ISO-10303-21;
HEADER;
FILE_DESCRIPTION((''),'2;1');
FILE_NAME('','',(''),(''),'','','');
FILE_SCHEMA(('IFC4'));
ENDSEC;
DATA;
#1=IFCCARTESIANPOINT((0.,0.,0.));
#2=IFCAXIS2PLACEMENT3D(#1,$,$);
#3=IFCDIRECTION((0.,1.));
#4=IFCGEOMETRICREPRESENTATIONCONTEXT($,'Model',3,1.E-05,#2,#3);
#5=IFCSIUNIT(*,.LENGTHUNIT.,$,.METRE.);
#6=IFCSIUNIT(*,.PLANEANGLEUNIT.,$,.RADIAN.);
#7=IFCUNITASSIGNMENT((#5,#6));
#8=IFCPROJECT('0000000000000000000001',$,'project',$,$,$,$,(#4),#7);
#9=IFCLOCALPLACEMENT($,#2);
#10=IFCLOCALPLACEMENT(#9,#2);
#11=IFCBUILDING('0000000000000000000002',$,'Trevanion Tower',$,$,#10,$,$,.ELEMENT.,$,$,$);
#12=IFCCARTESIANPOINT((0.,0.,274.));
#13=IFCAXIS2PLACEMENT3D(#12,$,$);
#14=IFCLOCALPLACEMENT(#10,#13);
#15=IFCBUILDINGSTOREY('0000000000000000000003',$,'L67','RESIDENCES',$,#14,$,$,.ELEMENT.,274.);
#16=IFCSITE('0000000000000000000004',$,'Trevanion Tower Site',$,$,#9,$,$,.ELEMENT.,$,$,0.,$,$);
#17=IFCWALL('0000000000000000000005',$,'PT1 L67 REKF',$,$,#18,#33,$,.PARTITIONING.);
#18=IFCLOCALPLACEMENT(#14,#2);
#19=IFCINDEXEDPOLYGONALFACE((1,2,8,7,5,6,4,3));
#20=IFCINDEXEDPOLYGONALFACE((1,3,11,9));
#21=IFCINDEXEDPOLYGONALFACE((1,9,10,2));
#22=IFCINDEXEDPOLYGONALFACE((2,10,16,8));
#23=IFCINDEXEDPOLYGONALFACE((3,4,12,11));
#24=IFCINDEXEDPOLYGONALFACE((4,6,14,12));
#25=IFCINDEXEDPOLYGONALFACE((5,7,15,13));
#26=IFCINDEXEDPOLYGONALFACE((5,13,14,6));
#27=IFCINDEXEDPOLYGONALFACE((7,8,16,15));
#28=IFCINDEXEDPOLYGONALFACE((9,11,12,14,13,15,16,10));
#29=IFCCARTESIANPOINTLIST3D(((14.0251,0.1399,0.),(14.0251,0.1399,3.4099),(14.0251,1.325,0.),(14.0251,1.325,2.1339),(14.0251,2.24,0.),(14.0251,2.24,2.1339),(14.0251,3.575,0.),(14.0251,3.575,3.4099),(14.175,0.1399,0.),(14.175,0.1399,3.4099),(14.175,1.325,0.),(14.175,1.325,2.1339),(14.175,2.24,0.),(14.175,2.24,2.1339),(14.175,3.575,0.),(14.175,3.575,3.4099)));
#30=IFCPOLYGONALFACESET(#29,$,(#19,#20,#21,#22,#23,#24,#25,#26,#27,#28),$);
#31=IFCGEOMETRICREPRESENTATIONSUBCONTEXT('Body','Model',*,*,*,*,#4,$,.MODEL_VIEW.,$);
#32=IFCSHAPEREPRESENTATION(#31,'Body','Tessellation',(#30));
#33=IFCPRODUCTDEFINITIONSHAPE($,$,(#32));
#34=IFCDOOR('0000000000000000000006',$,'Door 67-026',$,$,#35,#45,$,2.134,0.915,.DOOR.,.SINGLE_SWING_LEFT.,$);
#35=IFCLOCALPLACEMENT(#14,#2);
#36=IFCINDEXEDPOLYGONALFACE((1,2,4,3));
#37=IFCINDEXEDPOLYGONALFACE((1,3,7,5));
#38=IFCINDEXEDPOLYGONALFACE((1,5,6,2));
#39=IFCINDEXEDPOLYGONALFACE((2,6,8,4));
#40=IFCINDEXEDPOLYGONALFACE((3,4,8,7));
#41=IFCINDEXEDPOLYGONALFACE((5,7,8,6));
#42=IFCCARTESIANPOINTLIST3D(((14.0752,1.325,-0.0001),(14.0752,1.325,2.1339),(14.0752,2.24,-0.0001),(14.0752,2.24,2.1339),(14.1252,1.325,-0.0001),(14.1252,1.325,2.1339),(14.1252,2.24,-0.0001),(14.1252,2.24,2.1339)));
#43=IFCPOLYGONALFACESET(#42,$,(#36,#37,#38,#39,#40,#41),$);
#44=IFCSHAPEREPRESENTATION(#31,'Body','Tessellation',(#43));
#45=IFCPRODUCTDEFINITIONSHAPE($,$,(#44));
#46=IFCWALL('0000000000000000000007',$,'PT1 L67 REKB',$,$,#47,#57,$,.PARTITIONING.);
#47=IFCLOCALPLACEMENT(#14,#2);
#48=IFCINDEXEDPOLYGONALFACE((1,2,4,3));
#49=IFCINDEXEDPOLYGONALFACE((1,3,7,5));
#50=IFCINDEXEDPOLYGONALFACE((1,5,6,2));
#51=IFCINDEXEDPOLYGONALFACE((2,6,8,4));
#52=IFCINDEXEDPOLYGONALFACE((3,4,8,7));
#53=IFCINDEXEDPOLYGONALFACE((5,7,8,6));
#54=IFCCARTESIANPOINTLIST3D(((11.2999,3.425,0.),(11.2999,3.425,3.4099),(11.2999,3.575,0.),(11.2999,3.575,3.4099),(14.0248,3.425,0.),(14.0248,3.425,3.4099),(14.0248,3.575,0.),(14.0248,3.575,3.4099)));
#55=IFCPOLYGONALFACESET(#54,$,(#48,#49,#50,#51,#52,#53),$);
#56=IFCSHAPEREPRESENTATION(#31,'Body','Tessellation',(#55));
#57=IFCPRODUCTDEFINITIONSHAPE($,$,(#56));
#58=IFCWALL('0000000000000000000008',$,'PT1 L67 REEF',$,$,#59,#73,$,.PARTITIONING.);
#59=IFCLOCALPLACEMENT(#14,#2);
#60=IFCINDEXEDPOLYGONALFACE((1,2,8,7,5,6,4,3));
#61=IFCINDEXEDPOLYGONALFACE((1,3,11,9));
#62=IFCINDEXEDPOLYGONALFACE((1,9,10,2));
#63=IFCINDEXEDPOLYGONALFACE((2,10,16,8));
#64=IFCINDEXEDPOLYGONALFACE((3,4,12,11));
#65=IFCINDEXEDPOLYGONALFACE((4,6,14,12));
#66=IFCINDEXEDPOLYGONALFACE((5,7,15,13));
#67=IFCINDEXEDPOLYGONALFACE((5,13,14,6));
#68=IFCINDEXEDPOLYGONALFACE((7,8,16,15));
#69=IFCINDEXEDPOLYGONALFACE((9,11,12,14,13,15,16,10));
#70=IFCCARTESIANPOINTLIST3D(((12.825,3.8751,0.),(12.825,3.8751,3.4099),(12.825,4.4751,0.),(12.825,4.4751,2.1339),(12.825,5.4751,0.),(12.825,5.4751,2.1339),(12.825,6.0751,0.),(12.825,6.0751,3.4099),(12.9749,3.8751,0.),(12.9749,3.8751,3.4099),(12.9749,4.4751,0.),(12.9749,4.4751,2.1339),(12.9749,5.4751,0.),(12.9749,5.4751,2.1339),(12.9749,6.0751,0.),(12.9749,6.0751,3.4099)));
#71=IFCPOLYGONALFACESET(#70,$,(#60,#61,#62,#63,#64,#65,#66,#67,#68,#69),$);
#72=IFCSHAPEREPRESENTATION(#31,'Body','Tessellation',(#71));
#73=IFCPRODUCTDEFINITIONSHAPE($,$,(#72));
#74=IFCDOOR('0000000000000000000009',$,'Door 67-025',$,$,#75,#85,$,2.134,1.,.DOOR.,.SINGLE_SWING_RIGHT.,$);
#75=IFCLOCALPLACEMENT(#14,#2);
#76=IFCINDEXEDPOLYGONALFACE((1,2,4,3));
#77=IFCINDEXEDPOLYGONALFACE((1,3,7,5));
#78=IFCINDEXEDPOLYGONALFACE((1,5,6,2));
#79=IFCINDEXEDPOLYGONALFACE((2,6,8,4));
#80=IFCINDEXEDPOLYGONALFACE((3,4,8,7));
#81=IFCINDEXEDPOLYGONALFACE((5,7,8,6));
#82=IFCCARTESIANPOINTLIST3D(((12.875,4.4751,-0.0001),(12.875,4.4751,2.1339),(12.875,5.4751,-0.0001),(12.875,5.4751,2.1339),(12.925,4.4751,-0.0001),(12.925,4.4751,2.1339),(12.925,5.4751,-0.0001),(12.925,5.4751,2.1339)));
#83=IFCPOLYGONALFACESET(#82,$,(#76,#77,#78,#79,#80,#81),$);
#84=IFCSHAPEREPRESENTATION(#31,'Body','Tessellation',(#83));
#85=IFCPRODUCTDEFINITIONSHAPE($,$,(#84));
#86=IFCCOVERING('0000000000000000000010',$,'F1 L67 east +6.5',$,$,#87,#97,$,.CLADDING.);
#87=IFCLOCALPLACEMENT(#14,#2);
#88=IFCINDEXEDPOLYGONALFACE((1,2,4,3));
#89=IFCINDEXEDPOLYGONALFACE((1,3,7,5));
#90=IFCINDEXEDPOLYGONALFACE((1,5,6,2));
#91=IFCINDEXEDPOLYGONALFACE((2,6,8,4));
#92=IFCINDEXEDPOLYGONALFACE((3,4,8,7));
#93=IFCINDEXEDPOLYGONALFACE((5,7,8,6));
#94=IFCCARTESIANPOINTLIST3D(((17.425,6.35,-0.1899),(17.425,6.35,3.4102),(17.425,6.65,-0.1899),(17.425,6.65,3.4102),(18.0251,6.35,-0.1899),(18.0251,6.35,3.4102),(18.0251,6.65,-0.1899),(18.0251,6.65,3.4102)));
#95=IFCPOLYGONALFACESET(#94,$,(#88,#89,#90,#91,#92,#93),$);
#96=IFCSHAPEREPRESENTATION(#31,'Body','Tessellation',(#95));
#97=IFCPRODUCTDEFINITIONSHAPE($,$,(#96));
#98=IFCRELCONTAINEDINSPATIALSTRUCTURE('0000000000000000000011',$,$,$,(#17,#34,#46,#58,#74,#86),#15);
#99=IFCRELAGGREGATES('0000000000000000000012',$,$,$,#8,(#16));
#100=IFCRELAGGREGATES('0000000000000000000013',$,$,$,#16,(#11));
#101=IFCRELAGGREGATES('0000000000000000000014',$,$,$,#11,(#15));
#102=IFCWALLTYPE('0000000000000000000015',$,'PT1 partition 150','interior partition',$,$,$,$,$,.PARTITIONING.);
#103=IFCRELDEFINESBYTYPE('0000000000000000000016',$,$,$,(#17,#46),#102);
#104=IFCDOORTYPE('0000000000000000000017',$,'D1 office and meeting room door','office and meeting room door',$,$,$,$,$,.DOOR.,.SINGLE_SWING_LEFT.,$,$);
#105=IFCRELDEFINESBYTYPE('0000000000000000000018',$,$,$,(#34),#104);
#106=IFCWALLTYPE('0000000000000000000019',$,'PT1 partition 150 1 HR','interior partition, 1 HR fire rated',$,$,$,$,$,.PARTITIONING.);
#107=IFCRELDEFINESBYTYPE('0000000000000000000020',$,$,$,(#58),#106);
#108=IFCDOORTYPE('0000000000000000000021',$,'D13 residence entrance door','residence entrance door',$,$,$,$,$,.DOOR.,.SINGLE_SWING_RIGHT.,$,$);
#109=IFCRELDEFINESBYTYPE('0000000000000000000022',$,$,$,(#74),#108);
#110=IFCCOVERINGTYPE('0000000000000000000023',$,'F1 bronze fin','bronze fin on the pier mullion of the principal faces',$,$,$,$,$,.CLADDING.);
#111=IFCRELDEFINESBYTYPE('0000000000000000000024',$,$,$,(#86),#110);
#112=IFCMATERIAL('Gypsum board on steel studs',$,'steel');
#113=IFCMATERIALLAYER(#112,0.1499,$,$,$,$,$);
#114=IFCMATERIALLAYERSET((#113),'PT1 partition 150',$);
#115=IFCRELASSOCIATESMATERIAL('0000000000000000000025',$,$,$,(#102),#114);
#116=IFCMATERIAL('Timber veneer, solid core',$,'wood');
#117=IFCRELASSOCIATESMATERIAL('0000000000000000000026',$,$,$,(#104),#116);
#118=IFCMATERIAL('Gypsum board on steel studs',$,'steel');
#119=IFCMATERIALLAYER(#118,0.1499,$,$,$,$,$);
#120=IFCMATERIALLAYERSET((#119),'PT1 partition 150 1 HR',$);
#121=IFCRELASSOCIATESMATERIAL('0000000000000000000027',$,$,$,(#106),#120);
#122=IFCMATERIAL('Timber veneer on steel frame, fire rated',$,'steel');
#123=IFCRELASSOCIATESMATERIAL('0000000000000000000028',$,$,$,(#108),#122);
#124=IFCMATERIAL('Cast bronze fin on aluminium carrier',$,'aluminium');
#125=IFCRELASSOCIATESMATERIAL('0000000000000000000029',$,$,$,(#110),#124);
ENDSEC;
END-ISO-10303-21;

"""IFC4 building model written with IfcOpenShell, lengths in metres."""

from ifc_helpers import new_model, si_unit, direction, frame, frame_2d, origin, origin_2d, place, context, subcontext, project, spatial, rectangle, extrude, material, layer, layer_set, type_object, element, fill, save


model = new_model("IFC4")

# Units and contexts
model_context = context("Model", 3, precision=1e-05, world=origin(), true_north=direction((0.0, 1.0)))
body_context = subcontext(model_context, "Body", "Model", "MODEL_VIEW")
ifc_project = project(units=[si_unit("LENGTHUNIT", "METRE"), si_unit("PLANEANGLEUNIT", "RADIAN")], contexts=[model_context])

# Site, building, storey
site_placement = place(None, origin())
site = spatial("IfcSite", under=ifc_project, at=site_placement, Name="Trevanion Tower Site", CompositionType="ELEMENT", RefElevation=0.0)
building_placement = place(site_placement, origin())
building = spatial("IfcBuilding", under=site, at=building_placement, Name="Trevanion Tower", CompositionType="ELEMENT")
storey_placement = place(building_placement, frame((0.0, 0.0, 274.0)))
storey = spatial("IfcBuildingStorey", under=building, at=storey_placement, Name="L67", Description="RESIDENCES", CompositionType="ELEMENT", Elevation=274.0)

# Shared definitions
ifc_material_1 = material(Name="Gypsum board on steel studs", Category="steel")
ifc_layer_1 = layer(ifc_material_1, 0.1499)
ifc_layer_set_1 = layer_set([ifc_layer_1], Name="PT1 partition 150")
wall_type_1 = type_object("IfcWallType", Name="PT1 partition 150", Description="interior partition", PredefinedType="PARTITIONING", material=ifc_layer_set_1)
ifc_material_2 = material(Name="Timber veneer, solid core", Category="wood")
door_type_1 = type_object("IfcDoorType", Name="D1 office and meeting room door", Description="office and meeting room door", OperationType="SINGLE_SWING_LEFT", PredefinedType="DOOR", material=ifc_material_2)

# Wall, opening, door
wall_1_placement = place(storey_placement, frame((14.1001, 0.1399, 0.0), z_axis=(0.0, 0.0, 1.0), x_axis=(0.0, 1.0, 0.0)))
wall_1 = element("IfcWall", 1, at=wall_1_placement, inside=storey, type_object=wall_type_1, Name="PT1 L67 REKF", PredefinedType="PARTITIONING", context=body_context, shape_type="SweptSolid", body=[
    extrude(rectangle(XDim=3.4351, YDim=0.1499, at=frame_2d((1.7175, 0.0))), origin(), (0.0, 0.0, 1.0), 3.4099),
])
opening_1_placement = place(wall_1_placement, frame((1.1851, 0.0, 0.0)))
opening_1 = element("IfcOpeningElement", 2, at=opening_1_placement, cuts=wall_1, PredefinedType="OPENING", context=body_context, shape_type="SweptSolid", body=[
    extrude(rectangle(XDim=0.915, YDim=2.134, at=frame_2d((0.4575, 1.0669))), frame((0.0, 0.085, 0.0), z_axis=(0.0, -1.0, 0.0), x_axis=(1.0, 0.0, 0.0)), (0.0, 0.0, 1.0), 0.1699),
])
door_1_placement = place(opening_1_placement, origin())
door_1 = element("IfcDoor", 3, at=door_1_placement, inside=storey, type_object=door_type_1, Name="Door 67-026", OperationType="SINGLE_SWING_LEFT", OverallHeight=2.134, OverallWidth=0.915, PredefinedType="DOOR", context=body_context, shape_type="SweptSolid", body=[
    extrude(rectangle(XDim=0.915, YDim=2.134, at=frame_2d((0.4575, 1.0669))), frame((0.0, 0.0249, 0.0), z_axis=(0.0, -1.0, 0.0), x_axis=(1.0, 0.0, 0.0)), (0.0, 0.0, 1.0), 0.05),
])
fill(opening_1, door_1)

# Wall
wall_2_placement = place(storey_placement, frame((11.3, 3.5, 0.0), z_axis=(0.0, 0.0, 1.0), x_axis=(1.0, 0.0, 0.0)))
element("IfcWall", 4, at=wall_2_placement, inside=storey, type_object=wall_type_1, Name="PT1 L67 REKB", PredefinedType="PARTITIONING", context=body_context, shape_type="SweptSolid", body=[
    extrude(rectangle(XDim=2.7249, YDim=0.1499, at=frame_2d((1.3623, 0.0))), origin(), (0.0, 0.0, 1.0), 3.4099),
])

# Wall, opening, door
ifc_material_3 = material(Name="Gypsum board on steel studs", Category="steel")
ifc_layer_2 = layer(ifc_material_3, 0.1499)
ifc_layer_set_2 = layer_set([ifc_layer_2], Name="PT1 partition 150 1 HR")
wall_type_2 = type_object("IfcWallType", Name="PT1 partition 150 1 HR", Description="interior partition, 1 HR fire rated", PredefinedType="PARTITIONING", material=ifc_layer_set_2)
wall_3_placement = place(storey_placement, frame((12.8999, 3.875, 0.0), z_axis=(0.0, 0.0, 1.0), x_axis=(0.0, 1.0, 0.0)))
wall_3 = element("IfcWall", 5, at=wall_3_placement, inside=storey, type_object=wall_type_2, Name="PT1 L67 REEF", PredefinedType="PARTITIONING", context=body_context, shape_type="SweptSolid", body=[
    extrude(rectangle(XDim=2.2, YDim=0.1499, at=frame_2d((1.1001, 0.0))), origin(), (0.0, 0.0, 1.0), 3.4099),
])
opening_2_placement = place(wall_3_placement, frame((0.6001, 0.0, 0.0)))
opening_2 = element("IfcOpeningElement", 6, at=opening_2_placement, cuts=wall_3, PredefinedType="OPENING", context=body_context, shape_type="SweptSolid", body=[
    extrude(rectangle(XDim=1.0, YDim=2.134, at=frame_2d((0.5, 1.0669))), frame((0.0, 0.085, 0.0), z_axis=(0.0, -1.0, 0.0), x_axis=(1.0, 0.0, 0.0)), (0.0, 0.0, 1.0), 0.1699),
])
ifc_material_4 = material(Name="Timber veneer on steel frame, fire rated", Category="steel")
door_type_2 = type_object("IfcDoorType", Name="D13 residence entrance door", Description="residence entrance door", OperationType="SINGLE_SWING_RIGHT", PredefinedType="DOOR", material=ifc_material_4)
door_2_placement = place(opening_2_placement, origin())
door_2 = element("IfcDoor", 7, at=door_2_placement, inside=storey, type_object=door_type_2, Name="Door 67-025", OperationType="SINGLE_SWING_RIGHT", OverallHeight=2.134, OverallWidth=1.0, PredefinedType="DOOR", context=body_context, shape_type="SweptSolid", body=[
    extrude(rectangle(XDim=1.0, YDim=2.134, at=frame_2d((0.5, 1.0669))), frame((0.0, 0.0249, 0.0), z_axis=(0.0, -1.0, 0.0), x_axis=(1.0, 0.0, 0.0)), (0.0, 0.0, 1.0), 0.05),
])
fill(opening_2, door_2)

# Covering
ifc_material_5 = material(Name="Cast bronze fin on aluminium carrier", Category="aluminium")
covering_type = type_object("IfcCoveringType", Name="F1 bronze fin", Description="bronze fin on the pier mullion of the principal faces", PredefinedType="CLADDING", material=ifc_material_5)
covering_placement = place(storey_placement, frame((17.7251, 6.5, -0.1899), z_axis=(0.0, 0.0, 1.0), x_axis=(0.0, 1.0, 0.0)))
element("IfcCovering", 8, at=covering_placement, inside=storey, type_object=covering_type, Name="F1 L67 east +6.5", PredefinedType="CLADDING", context=body_context, shape_type="SweptSolid", body=[
    extrude(rectangle(XDim=0.3, YDim=0.6001, at=origin_2d()), origin(), (0.0, 0.0, 1.0), 3.6001),
])

save(model, "model.ifc")
